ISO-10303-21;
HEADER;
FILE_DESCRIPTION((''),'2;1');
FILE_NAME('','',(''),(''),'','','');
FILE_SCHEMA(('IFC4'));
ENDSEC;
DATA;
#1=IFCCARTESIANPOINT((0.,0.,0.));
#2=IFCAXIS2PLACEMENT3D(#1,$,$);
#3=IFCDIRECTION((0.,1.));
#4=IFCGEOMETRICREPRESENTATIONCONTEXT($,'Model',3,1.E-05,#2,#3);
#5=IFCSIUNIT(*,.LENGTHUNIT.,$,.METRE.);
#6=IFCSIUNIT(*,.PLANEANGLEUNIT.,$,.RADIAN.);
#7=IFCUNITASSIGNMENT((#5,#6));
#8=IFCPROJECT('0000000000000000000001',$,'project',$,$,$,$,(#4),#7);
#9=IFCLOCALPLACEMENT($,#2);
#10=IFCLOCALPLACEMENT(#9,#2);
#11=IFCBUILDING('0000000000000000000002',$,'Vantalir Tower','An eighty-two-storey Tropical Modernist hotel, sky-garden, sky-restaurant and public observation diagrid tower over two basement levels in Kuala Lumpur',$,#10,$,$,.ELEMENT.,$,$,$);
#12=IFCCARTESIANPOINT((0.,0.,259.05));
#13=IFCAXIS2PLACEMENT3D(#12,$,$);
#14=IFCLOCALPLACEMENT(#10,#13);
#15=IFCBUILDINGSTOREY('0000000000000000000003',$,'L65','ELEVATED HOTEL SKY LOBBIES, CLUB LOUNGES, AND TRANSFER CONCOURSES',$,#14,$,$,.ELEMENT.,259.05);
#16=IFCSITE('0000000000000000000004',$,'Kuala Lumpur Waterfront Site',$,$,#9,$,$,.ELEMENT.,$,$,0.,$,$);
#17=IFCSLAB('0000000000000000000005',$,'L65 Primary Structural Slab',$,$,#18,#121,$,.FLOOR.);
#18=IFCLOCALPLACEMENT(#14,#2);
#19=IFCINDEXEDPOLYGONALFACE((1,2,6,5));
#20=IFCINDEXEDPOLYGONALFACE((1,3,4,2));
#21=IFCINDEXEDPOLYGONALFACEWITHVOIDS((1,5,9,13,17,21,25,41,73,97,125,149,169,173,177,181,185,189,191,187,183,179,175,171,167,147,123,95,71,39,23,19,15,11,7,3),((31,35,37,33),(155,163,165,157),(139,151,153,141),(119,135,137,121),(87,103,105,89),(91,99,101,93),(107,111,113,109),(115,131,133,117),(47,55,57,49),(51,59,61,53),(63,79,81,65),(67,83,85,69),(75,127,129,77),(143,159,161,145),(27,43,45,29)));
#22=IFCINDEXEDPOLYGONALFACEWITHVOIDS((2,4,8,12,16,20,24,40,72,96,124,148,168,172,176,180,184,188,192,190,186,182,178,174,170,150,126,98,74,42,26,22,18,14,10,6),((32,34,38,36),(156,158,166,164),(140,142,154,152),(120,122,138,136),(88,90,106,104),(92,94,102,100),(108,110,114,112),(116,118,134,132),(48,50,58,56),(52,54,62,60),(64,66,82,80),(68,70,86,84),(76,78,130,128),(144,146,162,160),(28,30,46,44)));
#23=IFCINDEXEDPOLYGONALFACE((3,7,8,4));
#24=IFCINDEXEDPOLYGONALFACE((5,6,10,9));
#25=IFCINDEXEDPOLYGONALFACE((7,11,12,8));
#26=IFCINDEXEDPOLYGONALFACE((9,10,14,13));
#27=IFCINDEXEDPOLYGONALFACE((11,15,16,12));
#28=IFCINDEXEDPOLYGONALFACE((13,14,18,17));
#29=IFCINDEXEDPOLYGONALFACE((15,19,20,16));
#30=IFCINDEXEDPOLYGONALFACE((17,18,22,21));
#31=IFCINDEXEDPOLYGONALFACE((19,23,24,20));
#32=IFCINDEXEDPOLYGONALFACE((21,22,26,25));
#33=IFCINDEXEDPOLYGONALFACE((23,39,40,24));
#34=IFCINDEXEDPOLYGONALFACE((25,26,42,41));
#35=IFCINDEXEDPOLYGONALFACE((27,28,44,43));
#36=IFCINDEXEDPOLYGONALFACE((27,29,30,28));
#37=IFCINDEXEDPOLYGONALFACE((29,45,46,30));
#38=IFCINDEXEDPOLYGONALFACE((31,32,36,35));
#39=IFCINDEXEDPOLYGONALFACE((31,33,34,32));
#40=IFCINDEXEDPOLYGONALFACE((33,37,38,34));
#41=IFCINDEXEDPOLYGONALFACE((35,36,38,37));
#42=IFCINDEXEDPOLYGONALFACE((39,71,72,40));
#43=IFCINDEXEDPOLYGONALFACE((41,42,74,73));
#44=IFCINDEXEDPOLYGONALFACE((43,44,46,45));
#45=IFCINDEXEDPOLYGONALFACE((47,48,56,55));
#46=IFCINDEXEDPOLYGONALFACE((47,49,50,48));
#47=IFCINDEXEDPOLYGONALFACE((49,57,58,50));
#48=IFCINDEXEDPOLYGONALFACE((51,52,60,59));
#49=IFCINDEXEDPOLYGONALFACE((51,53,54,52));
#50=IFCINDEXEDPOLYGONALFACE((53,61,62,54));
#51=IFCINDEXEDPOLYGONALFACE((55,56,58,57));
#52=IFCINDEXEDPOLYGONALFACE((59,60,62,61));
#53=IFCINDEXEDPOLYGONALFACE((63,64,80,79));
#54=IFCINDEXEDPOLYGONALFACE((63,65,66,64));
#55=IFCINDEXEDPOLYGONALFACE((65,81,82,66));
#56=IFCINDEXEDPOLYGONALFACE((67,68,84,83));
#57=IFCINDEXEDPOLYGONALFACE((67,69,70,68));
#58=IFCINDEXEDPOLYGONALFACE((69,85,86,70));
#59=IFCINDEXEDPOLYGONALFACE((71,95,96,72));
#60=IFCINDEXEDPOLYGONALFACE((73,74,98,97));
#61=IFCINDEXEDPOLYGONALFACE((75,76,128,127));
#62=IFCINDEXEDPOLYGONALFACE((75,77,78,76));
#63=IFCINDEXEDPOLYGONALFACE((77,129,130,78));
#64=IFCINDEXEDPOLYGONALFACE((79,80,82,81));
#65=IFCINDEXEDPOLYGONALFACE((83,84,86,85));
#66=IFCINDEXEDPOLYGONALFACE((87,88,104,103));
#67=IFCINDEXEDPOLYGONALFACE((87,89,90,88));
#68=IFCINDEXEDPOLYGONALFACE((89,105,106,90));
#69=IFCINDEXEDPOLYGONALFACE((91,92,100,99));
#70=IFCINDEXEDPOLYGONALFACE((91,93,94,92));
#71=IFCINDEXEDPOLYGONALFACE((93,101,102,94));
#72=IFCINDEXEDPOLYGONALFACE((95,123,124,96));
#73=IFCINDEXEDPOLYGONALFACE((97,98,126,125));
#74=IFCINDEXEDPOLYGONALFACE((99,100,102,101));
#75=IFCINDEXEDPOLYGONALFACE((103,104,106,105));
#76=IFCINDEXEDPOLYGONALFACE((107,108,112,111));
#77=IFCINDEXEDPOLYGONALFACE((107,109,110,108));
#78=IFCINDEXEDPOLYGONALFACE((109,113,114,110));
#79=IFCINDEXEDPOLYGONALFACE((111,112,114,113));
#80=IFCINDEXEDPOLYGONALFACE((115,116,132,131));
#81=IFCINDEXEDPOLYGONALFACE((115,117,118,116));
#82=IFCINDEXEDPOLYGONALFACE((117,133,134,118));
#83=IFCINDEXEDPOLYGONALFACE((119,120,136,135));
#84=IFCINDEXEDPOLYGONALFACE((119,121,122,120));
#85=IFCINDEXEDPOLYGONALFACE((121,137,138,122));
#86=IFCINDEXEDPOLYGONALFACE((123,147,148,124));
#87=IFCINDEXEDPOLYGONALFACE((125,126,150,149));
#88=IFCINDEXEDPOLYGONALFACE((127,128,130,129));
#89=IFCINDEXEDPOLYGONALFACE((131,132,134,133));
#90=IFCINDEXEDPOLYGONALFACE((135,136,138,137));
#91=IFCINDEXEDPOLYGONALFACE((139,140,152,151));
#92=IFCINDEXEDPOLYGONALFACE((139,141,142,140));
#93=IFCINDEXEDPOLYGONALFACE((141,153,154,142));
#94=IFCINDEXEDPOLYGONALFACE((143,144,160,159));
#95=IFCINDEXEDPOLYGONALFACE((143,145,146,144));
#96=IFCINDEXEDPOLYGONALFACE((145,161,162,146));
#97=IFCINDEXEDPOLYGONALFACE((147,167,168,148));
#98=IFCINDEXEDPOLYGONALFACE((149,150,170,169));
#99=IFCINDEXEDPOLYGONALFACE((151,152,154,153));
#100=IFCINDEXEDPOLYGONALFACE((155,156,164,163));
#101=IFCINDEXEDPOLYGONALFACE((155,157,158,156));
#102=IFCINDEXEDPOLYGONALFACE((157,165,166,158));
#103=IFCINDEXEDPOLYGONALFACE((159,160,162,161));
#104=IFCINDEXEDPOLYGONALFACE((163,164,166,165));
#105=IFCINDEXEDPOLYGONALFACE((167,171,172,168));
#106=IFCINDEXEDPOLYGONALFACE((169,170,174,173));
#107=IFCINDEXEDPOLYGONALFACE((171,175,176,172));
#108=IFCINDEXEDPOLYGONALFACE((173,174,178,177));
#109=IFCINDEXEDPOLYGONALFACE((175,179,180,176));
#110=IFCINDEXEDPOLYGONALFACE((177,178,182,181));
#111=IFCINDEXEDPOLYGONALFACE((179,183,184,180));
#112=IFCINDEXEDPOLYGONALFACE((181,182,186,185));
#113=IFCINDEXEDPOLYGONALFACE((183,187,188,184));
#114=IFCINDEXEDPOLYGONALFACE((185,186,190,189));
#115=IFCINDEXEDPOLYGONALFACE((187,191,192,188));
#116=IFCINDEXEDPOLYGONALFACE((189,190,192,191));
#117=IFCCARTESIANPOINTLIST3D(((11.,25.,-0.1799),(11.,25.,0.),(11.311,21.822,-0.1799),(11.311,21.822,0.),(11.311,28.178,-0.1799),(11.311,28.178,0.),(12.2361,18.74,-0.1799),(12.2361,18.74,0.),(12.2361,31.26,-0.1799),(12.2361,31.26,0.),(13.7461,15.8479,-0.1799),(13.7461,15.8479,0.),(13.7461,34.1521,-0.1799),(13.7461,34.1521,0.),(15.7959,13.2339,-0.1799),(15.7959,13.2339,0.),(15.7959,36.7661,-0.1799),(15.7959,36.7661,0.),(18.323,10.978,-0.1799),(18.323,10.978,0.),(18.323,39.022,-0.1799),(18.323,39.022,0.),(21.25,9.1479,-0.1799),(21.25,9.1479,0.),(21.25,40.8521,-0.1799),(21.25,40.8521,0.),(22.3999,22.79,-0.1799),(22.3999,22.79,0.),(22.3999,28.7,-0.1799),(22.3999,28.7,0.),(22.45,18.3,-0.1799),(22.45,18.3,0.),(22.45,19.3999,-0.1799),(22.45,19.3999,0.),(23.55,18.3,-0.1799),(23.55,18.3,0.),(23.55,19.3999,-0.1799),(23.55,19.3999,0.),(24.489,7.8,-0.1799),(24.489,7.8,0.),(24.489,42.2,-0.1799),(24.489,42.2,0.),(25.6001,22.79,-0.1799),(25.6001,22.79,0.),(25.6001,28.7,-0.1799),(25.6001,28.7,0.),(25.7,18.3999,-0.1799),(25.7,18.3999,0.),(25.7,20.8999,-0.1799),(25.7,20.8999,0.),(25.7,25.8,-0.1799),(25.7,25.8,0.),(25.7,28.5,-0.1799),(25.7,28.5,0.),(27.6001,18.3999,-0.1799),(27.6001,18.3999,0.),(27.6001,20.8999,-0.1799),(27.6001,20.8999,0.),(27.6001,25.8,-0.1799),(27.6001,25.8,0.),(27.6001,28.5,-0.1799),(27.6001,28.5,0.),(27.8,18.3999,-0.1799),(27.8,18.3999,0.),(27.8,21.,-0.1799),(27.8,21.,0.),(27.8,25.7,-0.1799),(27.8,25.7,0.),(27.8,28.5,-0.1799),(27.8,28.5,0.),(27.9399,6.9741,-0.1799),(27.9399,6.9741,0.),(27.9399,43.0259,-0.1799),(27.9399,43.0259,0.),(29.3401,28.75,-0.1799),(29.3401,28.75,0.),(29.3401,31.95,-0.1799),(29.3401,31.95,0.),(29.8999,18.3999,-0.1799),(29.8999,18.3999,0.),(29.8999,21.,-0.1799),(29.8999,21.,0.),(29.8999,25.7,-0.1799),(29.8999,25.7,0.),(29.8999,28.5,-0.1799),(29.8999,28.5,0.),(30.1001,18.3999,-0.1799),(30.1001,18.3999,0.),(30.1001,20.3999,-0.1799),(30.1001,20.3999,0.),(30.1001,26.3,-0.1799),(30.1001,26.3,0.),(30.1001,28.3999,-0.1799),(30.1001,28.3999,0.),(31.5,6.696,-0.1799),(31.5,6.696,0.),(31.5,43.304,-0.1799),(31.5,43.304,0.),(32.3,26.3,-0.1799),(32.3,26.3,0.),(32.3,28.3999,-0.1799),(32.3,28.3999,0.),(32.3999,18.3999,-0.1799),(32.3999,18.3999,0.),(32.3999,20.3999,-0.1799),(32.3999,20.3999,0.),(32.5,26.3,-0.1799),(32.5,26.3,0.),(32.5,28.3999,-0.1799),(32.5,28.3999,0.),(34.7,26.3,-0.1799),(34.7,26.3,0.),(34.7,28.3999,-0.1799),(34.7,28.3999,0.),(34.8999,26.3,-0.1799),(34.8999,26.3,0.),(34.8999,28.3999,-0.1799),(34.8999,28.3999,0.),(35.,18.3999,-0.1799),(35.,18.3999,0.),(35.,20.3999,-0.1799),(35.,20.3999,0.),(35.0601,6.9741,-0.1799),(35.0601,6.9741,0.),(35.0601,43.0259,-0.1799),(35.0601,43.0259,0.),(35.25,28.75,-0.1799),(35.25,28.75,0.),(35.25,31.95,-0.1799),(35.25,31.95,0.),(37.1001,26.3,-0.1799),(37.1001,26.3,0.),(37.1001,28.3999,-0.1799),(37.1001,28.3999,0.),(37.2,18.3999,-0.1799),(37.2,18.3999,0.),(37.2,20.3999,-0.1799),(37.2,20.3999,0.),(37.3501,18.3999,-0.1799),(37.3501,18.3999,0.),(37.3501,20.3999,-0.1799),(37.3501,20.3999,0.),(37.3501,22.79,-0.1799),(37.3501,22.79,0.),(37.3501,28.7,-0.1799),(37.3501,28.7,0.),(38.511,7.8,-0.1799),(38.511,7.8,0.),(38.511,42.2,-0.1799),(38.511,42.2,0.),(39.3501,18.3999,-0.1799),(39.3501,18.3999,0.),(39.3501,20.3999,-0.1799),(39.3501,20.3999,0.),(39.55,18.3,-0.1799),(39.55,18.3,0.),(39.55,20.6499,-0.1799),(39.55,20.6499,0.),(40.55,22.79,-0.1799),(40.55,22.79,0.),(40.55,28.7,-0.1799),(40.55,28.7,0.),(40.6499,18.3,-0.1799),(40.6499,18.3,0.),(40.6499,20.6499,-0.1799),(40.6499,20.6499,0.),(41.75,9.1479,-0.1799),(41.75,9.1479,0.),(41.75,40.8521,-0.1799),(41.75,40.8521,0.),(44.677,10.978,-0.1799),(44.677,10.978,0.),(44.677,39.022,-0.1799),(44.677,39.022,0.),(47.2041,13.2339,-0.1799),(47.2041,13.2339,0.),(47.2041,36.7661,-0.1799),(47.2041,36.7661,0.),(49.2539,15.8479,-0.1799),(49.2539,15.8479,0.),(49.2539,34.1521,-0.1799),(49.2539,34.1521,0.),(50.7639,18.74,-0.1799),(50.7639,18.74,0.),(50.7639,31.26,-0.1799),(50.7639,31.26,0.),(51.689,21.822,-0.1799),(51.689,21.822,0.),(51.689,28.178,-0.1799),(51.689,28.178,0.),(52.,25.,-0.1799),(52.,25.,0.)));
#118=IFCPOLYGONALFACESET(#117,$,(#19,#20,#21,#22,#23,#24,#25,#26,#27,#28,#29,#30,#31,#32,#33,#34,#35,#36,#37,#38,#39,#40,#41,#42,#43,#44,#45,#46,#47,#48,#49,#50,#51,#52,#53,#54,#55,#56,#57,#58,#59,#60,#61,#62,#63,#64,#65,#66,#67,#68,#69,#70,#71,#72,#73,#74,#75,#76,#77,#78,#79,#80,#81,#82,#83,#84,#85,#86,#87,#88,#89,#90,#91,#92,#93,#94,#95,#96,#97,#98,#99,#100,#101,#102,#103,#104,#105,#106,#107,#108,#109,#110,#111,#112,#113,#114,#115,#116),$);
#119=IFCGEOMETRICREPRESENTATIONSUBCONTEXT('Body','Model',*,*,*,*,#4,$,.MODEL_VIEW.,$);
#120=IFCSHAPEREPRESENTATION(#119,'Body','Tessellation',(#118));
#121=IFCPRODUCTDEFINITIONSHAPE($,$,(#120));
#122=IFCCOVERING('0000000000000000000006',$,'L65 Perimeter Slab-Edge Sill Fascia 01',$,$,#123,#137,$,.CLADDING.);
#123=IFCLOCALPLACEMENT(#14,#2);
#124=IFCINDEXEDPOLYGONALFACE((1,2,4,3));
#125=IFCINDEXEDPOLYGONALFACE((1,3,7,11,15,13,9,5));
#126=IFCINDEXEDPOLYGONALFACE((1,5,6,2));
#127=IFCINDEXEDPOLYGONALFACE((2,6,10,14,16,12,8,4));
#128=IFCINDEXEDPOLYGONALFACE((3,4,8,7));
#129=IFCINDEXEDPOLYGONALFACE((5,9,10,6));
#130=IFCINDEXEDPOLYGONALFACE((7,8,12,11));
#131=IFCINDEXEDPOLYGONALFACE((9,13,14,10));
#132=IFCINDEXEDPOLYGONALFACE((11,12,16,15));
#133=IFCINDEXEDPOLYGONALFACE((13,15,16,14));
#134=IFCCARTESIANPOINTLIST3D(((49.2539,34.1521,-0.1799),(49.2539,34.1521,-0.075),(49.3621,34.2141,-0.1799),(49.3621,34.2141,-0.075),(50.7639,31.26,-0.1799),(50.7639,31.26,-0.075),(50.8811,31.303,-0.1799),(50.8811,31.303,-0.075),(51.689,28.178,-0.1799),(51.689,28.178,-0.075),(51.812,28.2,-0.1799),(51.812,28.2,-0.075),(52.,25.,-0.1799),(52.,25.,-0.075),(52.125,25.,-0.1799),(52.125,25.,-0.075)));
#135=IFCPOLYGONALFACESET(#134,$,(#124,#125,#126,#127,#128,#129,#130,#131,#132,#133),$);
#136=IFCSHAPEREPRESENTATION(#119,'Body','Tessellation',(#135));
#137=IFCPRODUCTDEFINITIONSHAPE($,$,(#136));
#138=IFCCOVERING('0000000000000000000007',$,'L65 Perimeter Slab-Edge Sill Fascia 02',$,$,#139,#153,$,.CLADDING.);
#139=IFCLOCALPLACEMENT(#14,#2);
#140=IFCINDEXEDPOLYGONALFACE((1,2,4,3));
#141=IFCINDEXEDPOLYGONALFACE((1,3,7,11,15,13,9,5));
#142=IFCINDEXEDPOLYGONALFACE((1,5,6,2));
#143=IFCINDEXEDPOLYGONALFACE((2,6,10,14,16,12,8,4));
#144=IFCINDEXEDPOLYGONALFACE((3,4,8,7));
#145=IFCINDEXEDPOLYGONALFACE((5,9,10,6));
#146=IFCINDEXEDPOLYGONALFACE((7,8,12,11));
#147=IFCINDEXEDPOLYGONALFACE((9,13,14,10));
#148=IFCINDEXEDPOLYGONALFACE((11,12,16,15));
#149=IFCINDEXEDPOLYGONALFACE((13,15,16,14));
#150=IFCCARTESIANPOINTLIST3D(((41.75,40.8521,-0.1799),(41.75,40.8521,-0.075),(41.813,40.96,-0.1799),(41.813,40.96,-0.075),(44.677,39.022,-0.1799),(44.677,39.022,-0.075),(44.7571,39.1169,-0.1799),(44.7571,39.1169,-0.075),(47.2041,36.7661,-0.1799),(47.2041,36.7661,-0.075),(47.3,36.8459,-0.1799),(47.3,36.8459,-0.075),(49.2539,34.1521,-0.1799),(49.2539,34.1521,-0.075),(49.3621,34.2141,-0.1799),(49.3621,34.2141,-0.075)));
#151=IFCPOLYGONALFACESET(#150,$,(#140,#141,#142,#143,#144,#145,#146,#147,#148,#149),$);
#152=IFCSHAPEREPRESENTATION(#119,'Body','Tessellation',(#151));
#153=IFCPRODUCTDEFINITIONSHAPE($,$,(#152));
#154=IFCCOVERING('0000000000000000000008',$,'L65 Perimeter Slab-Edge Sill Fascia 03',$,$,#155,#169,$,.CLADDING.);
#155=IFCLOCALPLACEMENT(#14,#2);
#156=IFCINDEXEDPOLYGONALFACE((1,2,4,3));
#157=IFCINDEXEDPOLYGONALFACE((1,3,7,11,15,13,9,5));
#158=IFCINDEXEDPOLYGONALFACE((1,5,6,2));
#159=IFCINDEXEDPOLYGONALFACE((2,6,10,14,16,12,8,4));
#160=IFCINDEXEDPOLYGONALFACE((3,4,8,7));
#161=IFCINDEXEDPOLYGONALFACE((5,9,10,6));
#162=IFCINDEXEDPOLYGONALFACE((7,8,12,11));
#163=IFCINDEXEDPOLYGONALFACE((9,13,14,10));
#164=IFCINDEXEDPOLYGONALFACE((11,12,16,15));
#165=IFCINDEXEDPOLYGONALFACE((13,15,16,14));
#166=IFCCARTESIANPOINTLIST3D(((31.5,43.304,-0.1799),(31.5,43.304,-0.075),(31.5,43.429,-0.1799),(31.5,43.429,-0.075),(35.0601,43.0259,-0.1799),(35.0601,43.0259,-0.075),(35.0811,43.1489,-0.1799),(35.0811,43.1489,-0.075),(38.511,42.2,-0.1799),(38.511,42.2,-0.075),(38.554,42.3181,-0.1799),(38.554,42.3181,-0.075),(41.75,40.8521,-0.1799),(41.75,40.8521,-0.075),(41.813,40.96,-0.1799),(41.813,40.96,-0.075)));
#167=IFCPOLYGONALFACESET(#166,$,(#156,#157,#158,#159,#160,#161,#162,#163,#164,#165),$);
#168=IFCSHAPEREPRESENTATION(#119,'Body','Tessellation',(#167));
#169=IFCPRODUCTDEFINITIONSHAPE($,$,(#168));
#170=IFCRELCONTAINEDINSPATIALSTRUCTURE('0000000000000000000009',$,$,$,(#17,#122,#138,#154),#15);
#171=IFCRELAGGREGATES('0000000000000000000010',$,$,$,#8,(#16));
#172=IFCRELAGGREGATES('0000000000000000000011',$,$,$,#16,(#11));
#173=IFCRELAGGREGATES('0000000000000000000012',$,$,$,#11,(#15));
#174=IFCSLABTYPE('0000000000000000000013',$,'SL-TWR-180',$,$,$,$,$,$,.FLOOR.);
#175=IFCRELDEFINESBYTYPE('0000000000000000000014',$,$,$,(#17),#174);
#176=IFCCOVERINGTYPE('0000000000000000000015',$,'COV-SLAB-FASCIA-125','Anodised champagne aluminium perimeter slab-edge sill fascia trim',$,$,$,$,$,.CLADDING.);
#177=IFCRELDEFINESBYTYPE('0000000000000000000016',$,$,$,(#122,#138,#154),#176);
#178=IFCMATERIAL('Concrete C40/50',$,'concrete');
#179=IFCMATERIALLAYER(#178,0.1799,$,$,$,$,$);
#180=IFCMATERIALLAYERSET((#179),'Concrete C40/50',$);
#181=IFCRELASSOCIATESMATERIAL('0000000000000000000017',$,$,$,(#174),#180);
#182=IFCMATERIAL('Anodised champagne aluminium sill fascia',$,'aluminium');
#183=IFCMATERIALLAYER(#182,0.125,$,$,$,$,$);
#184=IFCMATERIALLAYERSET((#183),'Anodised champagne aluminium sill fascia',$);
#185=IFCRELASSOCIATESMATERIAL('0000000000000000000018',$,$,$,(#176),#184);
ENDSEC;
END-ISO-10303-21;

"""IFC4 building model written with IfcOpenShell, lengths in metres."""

from ifc_helpers import new_model, si_unit, direction, frame, origin, place, context, subcontext, project, spatial, polyline, outline, extrude, material, layer, layer_set, type_object, element, save


model = new_model("IFC4")

# Units and contexts
model_context = context("Model", 3, precision=1e-05, world=origin(), true_north=direction((0.0, 1.0)))
body_context = subcontext(model_context, "Body", "Model", "MODEL_VIEW")
ifc_project = project(units=[si_unit("LENGTHUNIT", "METRE"), si_unit("PLANEANGLEUNIT", "RADIAN")], contexts=[model_context])

# Site, building, storey
site_placement = place(None, origin())
site = spatial("IfcSite", under=ifc_project, at=site_placement, Name="Kuala Lumpur Waterfront Site", CompositionType="ELEMENT", RefElevation=0.0)
building_placement = place(site_placement, origin())
building = spatial("IfcBuilding", under=site, at=building_placement, Name="Vantalir Tower", Description="An eighty-two-storey Tropical Modernist hotel, sky-garden, sky-restaurant and public observation diagrid tower over two basement levels in Kuala Lumpur", CompositionType="ELEMENT")
storey_placement = place(building_placement, frame((0.0, 0.0, 259.05)))
storey = spatial("IfcBuildingStorey", under=building, at=storey_placement, Name="L65", Description="ELEVATED HOTEL SKY LOBBIES, CLUB LOUNGES, AND TRANSFER CONCOURSES", CompositionType="ELEMENT", Elevation=259.05)

# Shared definitions
ifc_material_1 = material(Name="Concrete C40/50", Category="concrete")

# Slab
ifc_layer_1 = layer(ifc_material_1, 0.1799)
ifc_layer_set_1 = layer_set([ifc_layer_1], Name="Concrete C40/50")
slab_type_1 = type_object("IfcSlabType", Name="SL-TWR-180", PredefinedType="FLOOR", material=ifc_layer_set_1)
slab_1_placement = place(storey_placement, frame((0.0, 0.0, -0.1799)))
element("IfcSlab", 1, at=slab_1_placement, inside=storey, type_object=slab_type_1, Name="L65 Primary Structural Slab", PredefinedType="FLOOR", context=body_context, shape_type="SweptSolid", body=[
    extrude(outline(polyline([(15.7959, 13.2339), (18.323, 10.978), (21.25, 9.1479), (24.489, 7.8), (27.9399, 6.9741), (31.5, 6.696), (35.0601, 6.9741), (38.511, 7.8), (41.75, 9.1479), (44.677, 10.978), (47.2041, 13.2339), (49.2539, 15.8479), (50.7639, 18.74), (51.689, 21.822), (52.0, 25.0), (51.689, 28.178), (50.7639, 31.26), (49.2539, 34.1521), (47.2041, 36.7661), (44.677, 39.022), (41.75, 40.8521), (38.511, 42.2), (35.0601, 43.0259), (31.5, 43.304), (27.9399, 43.0259), (24.489, 42.2), (21.25, 40.8521), (18.323, 39.022), (15.7959, 36.7661), (13.7461, 34.1521), (12.2361, 31.26), (11.311, 28.178), (11.0, 25.0), (11.311, 21.822), (12.2361, 18.74), (13.7461, 15.8479), (15.7959, 13.2339)]), holes=[polyline([(22.3999, 28.7), (25.6001, 28.7), (25.6001, 22.79), (22.3999, 22.79), (22.3999, 28.7)]), polyline([(40.55, 28.7), (40.55, 22.79), (37.3501, 22.79), (37.3501, 28.7), (40.55, 28.7)]), polyline([(29.3401, 28.75), (29.3401, 31.95), (35.25, 31.95), (35.25, 28.75), (29.3401, 28.75)]), polyline([(25.7, 18.3999), (25.7, 20.8999), (27.6001, 20.8999), (27.6001, 18.3999), (25.7, 18.3999)]), polyline([(25.7, 28.5), (27.6001, 28.5), (27.6001, 25.8), (25.7, 25.8), (25.7, 28.5)]), polyline([(29.8999, 21.0), (29.8999, 18.3999), (27.8, 18.3999), (27.8, 21.0), (29.8999, 21.0)]), polyline([(29.8999, 25.7), (27.8, 25.7), (27.8, 28.5), (29.8999, 28.5), (29.8999, 25.7)]), polyline([(30.1001, 18.3999), (30.1001, 20.3999), (32.3999, 20.3999), (32.3999, 18.3999), (30.1001, 18.3999)]), polyline([(37.3501, 20.3999), (39.3501, 20.3999), (39.3501, 18.3999), (37.3501, 18.3999), (37.3501, 20.3999)]), polyline([(37.2, 20.3999), (37.2, 18.3999), (35.0, 18.3999), (35.0, 20.3999), (37.2, 20.3999)]), polyline([(32.3, 26.3), (30.1001, 26.3), (30.1001, 28.3999), (32.3, 28.3999), (32.3, 26.3)]), polyline([(32.5, 26.3), (32.5, 28.3999), (34.7, 28.3999), (34.7, 26.3), (32.5, 26.3)]), polyline([(34.8999, 28.3999), (37.1001, 28.3999), (37.1001, 26.3), (34.8999, 26.3), (34.8999, 28.3999)]), polyline([(23.55, 19.3999), (23.55, 18.3), (22.45, 18.3), (22.45, 19.3999), (23.55, 19.3999)]), polyline([(40.6499, 18.3), (39.55, 18.3), (39.55, 20.6499), (40.6499, 20.6499), (40.6499, 18.3)])]), origin(), (0.0, 0.0, 1.0), 0.1799),
])

# Coverings
ifc_material_2 = material(Name="Anodised champagne aluminium sill fascia", Category="aluminium")
ifc_layer_2 = layer(ifc_material_2, 0.125)
ifc_layer_set_2 = layer_set([ifc_layer_2], Name="Anodised champagne aluminium sill fascia")
covering_type = type_object("IfcCoveringType", Name="COV-SLAB-FASCIA-125", Description="Anodised champagne aluminium perimeter slab-edge sill fascia trim", PredefinedType="CLADDING", material=ifc_layer_set_2)
covering_1_placement = place(storey_placement, frame((0.0, 0.0, -0.1799)))
element("IfcCovering", 2, at=covering_1_placement, inside=storey, type_object=covering_type, Name="L65 Perimeter Slab-Edge Sill Fascia 01", PredefinedType="CLADDING", context=body_context, shape_type="SweptSolid", body=[
    extrude(outline(polyline([(52.125, 25.0), (51.812, 28.2), (50.8811, 31.303), (49.3621, 34.2141), (49.2539, 34.1521), (50.7639, 31.26), (51.689, 28.178), (52.0, 25.0), (52.125, 25.0)])), origin(), (0.0, 0.0, 1.0), 0.105),
])
covering_2_placement = place(storey_placement, frame((0.0, 0.0, -0.1799)))
element("IfcCovering", 3, at=covering_2_placement, inside=storey, type_object=covering_type, Name="L65 Perimeter Slab-Edge Sill Fascia 02", PredefinedType="CLADDING", context=body_context, shape_type="SweptSolid", body=[
    extrude(outline(polyline([(49.3621, 34.2141), (47.3, 36.8459), (44.7571, 39.1169), (41.813, 40.96), (41.75, 40.8521), (44.677, 39.022), (47.2041, 36.7661), (49.2539, 34.1521), (49.3621, 34.2141)])), origin(), (0.0, 0.0, 1.0), 0.105),
])
covering_3_placement = place(storey_placement, frame((0.0, 0.0, -0.1799)))
element("IfcCovering", 4, at=covering_3_placement, inside=storey, type_object=covering_type, Name="L65 Perimeter Slab-Edge Sill Fascia 03", PredefinedType="CLADDING", context=body_context, shape_type="SweptSolid", body=[
    extrude(outline(polyline([(41.813, 40.96), (38.554, 42.3181), (35.0811, 43.1489), (31.5, 43.429), (31.5, 43.304), (35.0601, 43.0259), (38.511, 42.2), (41.75, 40.8521), (41.813, 40.96)])), origin(), (0.0, 0.0, 1.0), 0.105),
])

save(model, "model.ifc")
